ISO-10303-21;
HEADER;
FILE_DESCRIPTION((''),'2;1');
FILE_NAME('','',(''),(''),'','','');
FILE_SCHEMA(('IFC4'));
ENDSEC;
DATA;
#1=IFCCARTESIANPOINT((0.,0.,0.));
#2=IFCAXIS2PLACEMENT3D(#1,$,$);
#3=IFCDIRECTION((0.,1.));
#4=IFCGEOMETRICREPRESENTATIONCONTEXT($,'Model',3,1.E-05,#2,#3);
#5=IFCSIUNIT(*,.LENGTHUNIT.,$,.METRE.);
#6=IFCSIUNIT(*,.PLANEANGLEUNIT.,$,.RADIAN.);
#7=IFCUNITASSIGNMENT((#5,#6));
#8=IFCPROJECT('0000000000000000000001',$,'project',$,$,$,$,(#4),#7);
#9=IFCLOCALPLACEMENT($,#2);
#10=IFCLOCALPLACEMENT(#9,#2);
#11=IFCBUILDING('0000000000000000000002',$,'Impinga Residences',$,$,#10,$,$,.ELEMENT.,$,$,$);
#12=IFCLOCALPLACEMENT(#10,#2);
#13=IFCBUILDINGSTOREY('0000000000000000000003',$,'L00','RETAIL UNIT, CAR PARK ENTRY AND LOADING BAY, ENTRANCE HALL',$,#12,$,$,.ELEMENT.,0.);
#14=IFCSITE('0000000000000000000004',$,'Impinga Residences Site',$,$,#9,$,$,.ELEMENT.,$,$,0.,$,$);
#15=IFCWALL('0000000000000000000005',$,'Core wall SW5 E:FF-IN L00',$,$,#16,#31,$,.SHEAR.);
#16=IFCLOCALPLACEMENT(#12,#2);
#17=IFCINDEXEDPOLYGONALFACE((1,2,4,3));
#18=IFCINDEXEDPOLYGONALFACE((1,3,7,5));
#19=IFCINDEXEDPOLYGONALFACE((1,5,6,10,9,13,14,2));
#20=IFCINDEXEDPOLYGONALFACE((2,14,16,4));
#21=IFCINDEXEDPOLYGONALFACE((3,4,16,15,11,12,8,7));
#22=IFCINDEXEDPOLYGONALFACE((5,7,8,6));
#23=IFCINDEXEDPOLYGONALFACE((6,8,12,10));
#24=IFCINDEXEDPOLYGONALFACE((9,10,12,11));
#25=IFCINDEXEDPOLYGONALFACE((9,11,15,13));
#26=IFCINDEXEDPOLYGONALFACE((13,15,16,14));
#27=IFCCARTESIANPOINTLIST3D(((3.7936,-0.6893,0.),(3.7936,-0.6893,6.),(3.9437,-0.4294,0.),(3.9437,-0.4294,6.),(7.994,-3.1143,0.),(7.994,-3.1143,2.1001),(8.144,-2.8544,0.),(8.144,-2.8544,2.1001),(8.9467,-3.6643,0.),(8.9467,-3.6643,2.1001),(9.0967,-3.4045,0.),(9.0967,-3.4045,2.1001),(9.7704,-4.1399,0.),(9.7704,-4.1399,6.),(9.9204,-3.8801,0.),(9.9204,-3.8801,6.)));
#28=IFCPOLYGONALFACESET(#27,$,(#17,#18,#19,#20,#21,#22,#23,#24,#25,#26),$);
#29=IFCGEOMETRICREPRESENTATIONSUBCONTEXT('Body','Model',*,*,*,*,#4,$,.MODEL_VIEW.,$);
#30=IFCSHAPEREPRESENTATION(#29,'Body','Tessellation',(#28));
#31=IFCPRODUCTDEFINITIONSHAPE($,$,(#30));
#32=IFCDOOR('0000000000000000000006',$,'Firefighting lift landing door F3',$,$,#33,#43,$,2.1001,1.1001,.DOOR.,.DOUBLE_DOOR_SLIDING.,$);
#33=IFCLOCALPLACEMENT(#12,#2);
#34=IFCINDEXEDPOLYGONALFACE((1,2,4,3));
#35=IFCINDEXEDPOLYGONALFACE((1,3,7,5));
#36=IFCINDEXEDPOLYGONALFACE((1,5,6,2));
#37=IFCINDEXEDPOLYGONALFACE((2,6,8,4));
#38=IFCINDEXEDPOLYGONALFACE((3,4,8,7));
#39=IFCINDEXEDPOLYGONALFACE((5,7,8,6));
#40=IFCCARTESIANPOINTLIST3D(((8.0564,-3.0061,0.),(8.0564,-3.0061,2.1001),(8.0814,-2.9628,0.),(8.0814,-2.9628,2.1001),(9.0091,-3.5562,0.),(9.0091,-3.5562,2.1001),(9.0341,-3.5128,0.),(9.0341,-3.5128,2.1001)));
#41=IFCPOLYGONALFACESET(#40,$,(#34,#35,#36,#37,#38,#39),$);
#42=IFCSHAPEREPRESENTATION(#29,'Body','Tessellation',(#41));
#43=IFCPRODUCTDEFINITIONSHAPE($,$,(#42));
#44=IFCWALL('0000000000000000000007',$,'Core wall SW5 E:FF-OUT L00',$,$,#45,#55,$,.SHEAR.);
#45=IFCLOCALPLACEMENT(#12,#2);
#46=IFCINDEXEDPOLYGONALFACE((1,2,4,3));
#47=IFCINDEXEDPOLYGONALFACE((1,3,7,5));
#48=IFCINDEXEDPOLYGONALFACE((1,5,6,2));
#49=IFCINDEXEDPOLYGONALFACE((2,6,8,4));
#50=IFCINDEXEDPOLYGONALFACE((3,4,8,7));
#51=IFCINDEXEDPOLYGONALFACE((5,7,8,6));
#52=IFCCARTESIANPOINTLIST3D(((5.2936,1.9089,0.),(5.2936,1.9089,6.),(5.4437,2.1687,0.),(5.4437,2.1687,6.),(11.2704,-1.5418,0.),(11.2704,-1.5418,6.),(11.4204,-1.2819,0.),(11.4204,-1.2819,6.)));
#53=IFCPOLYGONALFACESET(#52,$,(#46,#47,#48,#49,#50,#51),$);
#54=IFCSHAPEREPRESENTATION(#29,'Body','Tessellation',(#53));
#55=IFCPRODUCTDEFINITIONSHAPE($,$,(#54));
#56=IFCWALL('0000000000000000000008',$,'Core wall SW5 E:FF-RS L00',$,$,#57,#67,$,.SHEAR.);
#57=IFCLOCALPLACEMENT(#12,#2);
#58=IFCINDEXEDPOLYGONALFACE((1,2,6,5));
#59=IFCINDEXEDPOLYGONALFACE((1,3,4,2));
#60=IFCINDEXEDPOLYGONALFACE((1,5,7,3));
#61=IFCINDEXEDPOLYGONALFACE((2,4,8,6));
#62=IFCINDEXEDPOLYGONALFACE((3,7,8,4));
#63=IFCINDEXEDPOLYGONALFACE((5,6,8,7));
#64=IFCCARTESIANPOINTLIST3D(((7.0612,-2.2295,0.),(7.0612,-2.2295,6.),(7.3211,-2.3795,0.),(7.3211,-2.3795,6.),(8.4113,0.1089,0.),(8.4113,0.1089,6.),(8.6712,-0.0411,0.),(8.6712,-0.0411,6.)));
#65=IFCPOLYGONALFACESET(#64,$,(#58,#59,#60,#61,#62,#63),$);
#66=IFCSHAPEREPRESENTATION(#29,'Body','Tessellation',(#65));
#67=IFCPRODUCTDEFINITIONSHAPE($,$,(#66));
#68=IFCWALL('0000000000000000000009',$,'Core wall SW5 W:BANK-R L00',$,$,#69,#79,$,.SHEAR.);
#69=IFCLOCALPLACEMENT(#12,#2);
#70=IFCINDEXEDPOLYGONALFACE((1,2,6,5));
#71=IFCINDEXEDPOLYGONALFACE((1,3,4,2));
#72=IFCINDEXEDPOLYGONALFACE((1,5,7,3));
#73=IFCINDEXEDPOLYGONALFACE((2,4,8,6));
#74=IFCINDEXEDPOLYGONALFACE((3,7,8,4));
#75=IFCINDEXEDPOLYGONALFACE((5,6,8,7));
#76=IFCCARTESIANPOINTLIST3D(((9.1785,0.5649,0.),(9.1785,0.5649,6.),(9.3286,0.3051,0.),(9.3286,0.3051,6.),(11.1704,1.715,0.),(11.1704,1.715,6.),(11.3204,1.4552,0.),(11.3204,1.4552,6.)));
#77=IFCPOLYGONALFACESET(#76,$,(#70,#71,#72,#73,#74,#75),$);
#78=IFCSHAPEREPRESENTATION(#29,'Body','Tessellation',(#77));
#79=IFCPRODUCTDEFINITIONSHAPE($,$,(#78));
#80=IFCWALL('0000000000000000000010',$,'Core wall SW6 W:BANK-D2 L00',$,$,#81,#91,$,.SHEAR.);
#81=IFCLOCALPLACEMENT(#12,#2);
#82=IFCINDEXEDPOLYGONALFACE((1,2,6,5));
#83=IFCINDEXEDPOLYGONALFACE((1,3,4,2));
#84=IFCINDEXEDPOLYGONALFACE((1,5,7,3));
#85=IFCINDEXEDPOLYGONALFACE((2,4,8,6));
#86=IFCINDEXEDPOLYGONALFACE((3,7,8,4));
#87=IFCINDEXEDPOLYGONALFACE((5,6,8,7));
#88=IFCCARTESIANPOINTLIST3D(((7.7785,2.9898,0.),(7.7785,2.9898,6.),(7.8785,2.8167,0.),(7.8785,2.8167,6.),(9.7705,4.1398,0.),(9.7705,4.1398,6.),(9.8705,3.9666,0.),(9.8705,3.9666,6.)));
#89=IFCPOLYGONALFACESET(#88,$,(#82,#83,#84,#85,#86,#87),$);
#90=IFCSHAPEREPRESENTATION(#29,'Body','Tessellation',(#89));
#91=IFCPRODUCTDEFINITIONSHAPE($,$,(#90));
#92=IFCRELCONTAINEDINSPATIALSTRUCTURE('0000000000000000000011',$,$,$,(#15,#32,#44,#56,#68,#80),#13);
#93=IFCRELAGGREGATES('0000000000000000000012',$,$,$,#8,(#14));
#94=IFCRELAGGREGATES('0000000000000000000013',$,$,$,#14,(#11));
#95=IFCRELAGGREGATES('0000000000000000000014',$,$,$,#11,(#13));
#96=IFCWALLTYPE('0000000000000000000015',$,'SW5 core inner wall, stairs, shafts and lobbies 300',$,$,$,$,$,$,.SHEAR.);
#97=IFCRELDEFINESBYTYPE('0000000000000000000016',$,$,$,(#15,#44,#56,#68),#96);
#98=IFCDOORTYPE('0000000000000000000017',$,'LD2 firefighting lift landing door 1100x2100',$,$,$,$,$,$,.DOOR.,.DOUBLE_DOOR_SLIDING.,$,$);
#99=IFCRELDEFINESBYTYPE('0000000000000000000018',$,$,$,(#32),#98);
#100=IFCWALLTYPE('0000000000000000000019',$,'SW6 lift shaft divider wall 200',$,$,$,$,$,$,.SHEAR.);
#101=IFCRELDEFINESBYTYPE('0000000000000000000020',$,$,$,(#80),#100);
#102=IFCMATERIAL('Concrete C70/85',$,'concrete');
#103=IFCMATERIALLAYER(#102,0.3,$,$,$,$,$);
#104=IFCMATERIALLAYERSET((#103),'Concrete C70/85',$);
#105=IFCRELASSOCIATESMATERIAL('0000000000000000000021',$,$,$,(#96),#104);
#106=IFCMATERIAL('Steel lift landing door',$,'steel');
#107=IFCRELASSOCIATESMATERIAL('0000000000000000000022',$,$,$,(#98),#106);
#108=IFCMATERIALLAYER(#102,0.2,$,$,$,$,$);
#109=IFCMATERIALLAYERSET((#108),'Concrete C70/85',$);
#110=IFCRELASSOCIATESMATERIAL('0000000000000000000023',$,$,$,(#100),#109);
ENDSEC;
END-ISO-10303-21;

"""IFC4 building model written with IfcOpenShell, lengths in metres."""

from ifc_helpers import new_model, si_unit, direction, frame, frame_2d, origin, place, context, subcontext, project, spatial, rectangle, extrude, material, layer, layer_set, type_object, element, fill, save


model = new_model("IFC4")

# Units and contexts
model_context = context("Model", 3, precision=1e-05, world=origin(), true_north=direction((0.0, 1.0)))
body_context = subcontext(model_context, "Body", "Model", "MODEL_VIEW")
ifc_project = project(units=[si_unit("LENGTHUNIT", "METRE"), si_unit("PLANEANGLEUNIT", "RADIAN")], contexts=[model_context])

# Site, building, storey
site_placement = place(None, origin())
site = spatial("IfcSite", under=ifc_project, at=site_placement, Name="Impinga Residences Site", CompositionType="ELEMENT", RefElevation=0.0)
building_placement = place(site_placement, origin())
building = spatial("IfcBuilding", under=site, at=building_placement, Name="Impinga Residences", CompositionType="ELEMENT")
storey_placement = place(building_placement, origin())
storey = spatial("IfcBuildingStorey", under=building, at=storey_placement, Name="L00", Description="RETAIL UNIT, CAR PARK ENTRY AND LOADING BAY, ENTRANCE HALL", CompositionType="ELEMENT", Elevation=0.0)

# Shared definitions
ifc_material_1 = material(Name="Concrete C70/85", Category="concrete")

# Shared definitions
ifc_layer_1 = layer(ifc_material_1, 0.3)
ifc_layer_set_1 = layer_set([ifc_layer_1], Name="Concrete C70/85")
wall_type_1 = type_object("IfcWallType", Name="SW5 core inner wall, stairs, shafts and lobbies 300", PredefinedType="SHEAR", material=ifc_layer_set_1)

# Wall, opening, door
wall_1_placement = place(storey_placement, frame((3.8687, -0.5593, 0.0), z_axis=(0.0, 0.0, 1.0), x_axis=(0.866027, -0.499997, 0.0)))
wall_1 = element("IfcWall", 1, at=wall_1_placement, inside=storey, type_object=wall_type_1, Name="Core wall SW5 E:FF-IN L00", PredefinedType="SHEAR", context=body_context, shape_type="SweptSolid", body=[
    extrude(rectangle(XDim=6.9014, YDim=0.3, at=frame_2d((3.4507, 0.0))), origin(), (0.0, 0.0, 1.0), 6.0),
])
opening_1_placement = place(wall_1_placement, frame((4.8501, 0.0, 0.0)))
opening_1 = element("IfcOpeningElement", 2, at=opening_1_placement, cuts=wall_1, PredefinedType="OPENING", context=body_context, shape_type="SweptSolid", body=[
    extrude(rectangle(XDim=1.1001, YDim=2.1001, at=frame_2d((0.55, 1.05))), frame((0.0, 0.1599, 0.0), z_axis=(0.0, -1.0, 0.0), x_axis=(1.0, 0.0, 0.0)), (0.0, 0.0, 1.0), 0.3201),
])
ifc_material_2 = material(Name="Steel lift landing door", Category="steel")
door_type_1 = type_object("IfcDoorType", Name="LD2 firefighting lift landing door 1100x2100", OperationType="DOUBLE_DOOR_SLIDING", PredefinedType="DOOR", material=ifc_material_2)
door_1_placement = place(opening_1_placement, origin())
door_1 = element("IfcDoor", 3, at=door_1_placement, inside=storey, type_object=door_type_1, Name="Firefighting lift landing door F3", OperationType="DOUBLE_DOOR_SLIDING", OverallHeight=2.1001, OverallWidth=1.1001, PredefinedType="DOOR", context=body_context, shape_type="SweptSolid", body=[
    extrude(rectangle(XDim=1.1001, YDim=2.1001, at=frame_2d((0.55, 1.05))), frame((0.0, 0.0249, 0.0), z_axis=(0.0, -1.0, 0.0), x_axis=(1.0, 0.0, 0.0)), (0.0, 0.0, 1.0), 0.05),
])
fill(opening_1, door_1)

# Walls
wall_2_placement = place(storey_placement, frame((5.3687, 2.0388, 0.0), z_axis=(0.0, 0.0, 1.0), x_axis=(0.866027, -0.499997, 0.0)))
element("IfcWall", 4, at=wall_2_placement, inside=storey, type_object=wall_type_1, Name="Core wall SW5 E:FF-OUT L00", PredefinedType="SHEAR", context=body_context, shape_type="SweptSolid", body=[
    extrude(rectangle(XDim=6.9014, YDim=0.3, at=frame_2d((3.4507, 0.0))), origin(), (0.0, 0.0, 1.0), 6.0),
])
wall_3_placement = place(storey_placement, frame((8.5413, 0.0339, 0.0), z_axis=(0.0, 0.0, 1.0), x_axis=(-0.500009, -0.86602, 0.0)))
element("IfcWall", 5, at=wall_3_placement, inside=storey, type_object=wall_type_1, Name="Core wall SW5 E:FF-RS L00", PredefinedType="SHEAR", context=body_context, shape_type="SweptSolid", body=[
    extrude(rectangle(XDim=2.7002, YDim=0.3, at=frame_2d((1.3501, 0.0))), origin(), (0.0, 0.0, 1.0), 6.0),
])
wall_4_placement = place(storey_placement, frame((9.2537, 0.4351, 0.0), z_axis=(0.0, 0.0, 1.0), x_axis=(0.866007, 0.500032, 0.0)))
element("IfcWall", 6, at=wall_4_placement, inside=storey, type_object=wall_type_1, Name="Core wall SW5 W:BANK-R L00", PredefinedType="SHEAR", context=body_context, shape_type="SweptSolid", body=[
    extrude(rectangle(XDim=2.3, YDim=0.3, at=frame_2d((1.1499, 0.0))), origin(), (0.0, 0.0, 1.0), 6.0),
])
ifc_layer_2 = layer(ifc_material_1, 0.2)
ifc_layer_set_2 = layer_set([ifc_layer_2], Name="Concrete C70/85")
wall_type_2 = type_object("IfcWallType", Name="SW6 lift shaft divider wall 200", PredefinedType="SHEAR", material=ifc_layer_set_2)
wall_5_placement = place(storey_placement, frame((7.8286, 2.9033, 0.0), z_axis=(0.0, 0.0, 1.0), x_axis=(0.866053, 0.499952, 0.0)))
element("IfcWall", 7, at=wall_5_placement, inside=storey, type_object=wall_type_2, Name="Core wall SW6 W:BANK-D2 L00", PredefinedType="SHEAR", context=body_context, shape_type="SweptSolid", body=[
    extrude(rectangle(XDim=2.3, YDim=0.2, at=frame_2d((1.1499, 0.0))), origin(), (0.0, 0.0, 1.0), 6.0),
])

save(model, "model.ifc")
